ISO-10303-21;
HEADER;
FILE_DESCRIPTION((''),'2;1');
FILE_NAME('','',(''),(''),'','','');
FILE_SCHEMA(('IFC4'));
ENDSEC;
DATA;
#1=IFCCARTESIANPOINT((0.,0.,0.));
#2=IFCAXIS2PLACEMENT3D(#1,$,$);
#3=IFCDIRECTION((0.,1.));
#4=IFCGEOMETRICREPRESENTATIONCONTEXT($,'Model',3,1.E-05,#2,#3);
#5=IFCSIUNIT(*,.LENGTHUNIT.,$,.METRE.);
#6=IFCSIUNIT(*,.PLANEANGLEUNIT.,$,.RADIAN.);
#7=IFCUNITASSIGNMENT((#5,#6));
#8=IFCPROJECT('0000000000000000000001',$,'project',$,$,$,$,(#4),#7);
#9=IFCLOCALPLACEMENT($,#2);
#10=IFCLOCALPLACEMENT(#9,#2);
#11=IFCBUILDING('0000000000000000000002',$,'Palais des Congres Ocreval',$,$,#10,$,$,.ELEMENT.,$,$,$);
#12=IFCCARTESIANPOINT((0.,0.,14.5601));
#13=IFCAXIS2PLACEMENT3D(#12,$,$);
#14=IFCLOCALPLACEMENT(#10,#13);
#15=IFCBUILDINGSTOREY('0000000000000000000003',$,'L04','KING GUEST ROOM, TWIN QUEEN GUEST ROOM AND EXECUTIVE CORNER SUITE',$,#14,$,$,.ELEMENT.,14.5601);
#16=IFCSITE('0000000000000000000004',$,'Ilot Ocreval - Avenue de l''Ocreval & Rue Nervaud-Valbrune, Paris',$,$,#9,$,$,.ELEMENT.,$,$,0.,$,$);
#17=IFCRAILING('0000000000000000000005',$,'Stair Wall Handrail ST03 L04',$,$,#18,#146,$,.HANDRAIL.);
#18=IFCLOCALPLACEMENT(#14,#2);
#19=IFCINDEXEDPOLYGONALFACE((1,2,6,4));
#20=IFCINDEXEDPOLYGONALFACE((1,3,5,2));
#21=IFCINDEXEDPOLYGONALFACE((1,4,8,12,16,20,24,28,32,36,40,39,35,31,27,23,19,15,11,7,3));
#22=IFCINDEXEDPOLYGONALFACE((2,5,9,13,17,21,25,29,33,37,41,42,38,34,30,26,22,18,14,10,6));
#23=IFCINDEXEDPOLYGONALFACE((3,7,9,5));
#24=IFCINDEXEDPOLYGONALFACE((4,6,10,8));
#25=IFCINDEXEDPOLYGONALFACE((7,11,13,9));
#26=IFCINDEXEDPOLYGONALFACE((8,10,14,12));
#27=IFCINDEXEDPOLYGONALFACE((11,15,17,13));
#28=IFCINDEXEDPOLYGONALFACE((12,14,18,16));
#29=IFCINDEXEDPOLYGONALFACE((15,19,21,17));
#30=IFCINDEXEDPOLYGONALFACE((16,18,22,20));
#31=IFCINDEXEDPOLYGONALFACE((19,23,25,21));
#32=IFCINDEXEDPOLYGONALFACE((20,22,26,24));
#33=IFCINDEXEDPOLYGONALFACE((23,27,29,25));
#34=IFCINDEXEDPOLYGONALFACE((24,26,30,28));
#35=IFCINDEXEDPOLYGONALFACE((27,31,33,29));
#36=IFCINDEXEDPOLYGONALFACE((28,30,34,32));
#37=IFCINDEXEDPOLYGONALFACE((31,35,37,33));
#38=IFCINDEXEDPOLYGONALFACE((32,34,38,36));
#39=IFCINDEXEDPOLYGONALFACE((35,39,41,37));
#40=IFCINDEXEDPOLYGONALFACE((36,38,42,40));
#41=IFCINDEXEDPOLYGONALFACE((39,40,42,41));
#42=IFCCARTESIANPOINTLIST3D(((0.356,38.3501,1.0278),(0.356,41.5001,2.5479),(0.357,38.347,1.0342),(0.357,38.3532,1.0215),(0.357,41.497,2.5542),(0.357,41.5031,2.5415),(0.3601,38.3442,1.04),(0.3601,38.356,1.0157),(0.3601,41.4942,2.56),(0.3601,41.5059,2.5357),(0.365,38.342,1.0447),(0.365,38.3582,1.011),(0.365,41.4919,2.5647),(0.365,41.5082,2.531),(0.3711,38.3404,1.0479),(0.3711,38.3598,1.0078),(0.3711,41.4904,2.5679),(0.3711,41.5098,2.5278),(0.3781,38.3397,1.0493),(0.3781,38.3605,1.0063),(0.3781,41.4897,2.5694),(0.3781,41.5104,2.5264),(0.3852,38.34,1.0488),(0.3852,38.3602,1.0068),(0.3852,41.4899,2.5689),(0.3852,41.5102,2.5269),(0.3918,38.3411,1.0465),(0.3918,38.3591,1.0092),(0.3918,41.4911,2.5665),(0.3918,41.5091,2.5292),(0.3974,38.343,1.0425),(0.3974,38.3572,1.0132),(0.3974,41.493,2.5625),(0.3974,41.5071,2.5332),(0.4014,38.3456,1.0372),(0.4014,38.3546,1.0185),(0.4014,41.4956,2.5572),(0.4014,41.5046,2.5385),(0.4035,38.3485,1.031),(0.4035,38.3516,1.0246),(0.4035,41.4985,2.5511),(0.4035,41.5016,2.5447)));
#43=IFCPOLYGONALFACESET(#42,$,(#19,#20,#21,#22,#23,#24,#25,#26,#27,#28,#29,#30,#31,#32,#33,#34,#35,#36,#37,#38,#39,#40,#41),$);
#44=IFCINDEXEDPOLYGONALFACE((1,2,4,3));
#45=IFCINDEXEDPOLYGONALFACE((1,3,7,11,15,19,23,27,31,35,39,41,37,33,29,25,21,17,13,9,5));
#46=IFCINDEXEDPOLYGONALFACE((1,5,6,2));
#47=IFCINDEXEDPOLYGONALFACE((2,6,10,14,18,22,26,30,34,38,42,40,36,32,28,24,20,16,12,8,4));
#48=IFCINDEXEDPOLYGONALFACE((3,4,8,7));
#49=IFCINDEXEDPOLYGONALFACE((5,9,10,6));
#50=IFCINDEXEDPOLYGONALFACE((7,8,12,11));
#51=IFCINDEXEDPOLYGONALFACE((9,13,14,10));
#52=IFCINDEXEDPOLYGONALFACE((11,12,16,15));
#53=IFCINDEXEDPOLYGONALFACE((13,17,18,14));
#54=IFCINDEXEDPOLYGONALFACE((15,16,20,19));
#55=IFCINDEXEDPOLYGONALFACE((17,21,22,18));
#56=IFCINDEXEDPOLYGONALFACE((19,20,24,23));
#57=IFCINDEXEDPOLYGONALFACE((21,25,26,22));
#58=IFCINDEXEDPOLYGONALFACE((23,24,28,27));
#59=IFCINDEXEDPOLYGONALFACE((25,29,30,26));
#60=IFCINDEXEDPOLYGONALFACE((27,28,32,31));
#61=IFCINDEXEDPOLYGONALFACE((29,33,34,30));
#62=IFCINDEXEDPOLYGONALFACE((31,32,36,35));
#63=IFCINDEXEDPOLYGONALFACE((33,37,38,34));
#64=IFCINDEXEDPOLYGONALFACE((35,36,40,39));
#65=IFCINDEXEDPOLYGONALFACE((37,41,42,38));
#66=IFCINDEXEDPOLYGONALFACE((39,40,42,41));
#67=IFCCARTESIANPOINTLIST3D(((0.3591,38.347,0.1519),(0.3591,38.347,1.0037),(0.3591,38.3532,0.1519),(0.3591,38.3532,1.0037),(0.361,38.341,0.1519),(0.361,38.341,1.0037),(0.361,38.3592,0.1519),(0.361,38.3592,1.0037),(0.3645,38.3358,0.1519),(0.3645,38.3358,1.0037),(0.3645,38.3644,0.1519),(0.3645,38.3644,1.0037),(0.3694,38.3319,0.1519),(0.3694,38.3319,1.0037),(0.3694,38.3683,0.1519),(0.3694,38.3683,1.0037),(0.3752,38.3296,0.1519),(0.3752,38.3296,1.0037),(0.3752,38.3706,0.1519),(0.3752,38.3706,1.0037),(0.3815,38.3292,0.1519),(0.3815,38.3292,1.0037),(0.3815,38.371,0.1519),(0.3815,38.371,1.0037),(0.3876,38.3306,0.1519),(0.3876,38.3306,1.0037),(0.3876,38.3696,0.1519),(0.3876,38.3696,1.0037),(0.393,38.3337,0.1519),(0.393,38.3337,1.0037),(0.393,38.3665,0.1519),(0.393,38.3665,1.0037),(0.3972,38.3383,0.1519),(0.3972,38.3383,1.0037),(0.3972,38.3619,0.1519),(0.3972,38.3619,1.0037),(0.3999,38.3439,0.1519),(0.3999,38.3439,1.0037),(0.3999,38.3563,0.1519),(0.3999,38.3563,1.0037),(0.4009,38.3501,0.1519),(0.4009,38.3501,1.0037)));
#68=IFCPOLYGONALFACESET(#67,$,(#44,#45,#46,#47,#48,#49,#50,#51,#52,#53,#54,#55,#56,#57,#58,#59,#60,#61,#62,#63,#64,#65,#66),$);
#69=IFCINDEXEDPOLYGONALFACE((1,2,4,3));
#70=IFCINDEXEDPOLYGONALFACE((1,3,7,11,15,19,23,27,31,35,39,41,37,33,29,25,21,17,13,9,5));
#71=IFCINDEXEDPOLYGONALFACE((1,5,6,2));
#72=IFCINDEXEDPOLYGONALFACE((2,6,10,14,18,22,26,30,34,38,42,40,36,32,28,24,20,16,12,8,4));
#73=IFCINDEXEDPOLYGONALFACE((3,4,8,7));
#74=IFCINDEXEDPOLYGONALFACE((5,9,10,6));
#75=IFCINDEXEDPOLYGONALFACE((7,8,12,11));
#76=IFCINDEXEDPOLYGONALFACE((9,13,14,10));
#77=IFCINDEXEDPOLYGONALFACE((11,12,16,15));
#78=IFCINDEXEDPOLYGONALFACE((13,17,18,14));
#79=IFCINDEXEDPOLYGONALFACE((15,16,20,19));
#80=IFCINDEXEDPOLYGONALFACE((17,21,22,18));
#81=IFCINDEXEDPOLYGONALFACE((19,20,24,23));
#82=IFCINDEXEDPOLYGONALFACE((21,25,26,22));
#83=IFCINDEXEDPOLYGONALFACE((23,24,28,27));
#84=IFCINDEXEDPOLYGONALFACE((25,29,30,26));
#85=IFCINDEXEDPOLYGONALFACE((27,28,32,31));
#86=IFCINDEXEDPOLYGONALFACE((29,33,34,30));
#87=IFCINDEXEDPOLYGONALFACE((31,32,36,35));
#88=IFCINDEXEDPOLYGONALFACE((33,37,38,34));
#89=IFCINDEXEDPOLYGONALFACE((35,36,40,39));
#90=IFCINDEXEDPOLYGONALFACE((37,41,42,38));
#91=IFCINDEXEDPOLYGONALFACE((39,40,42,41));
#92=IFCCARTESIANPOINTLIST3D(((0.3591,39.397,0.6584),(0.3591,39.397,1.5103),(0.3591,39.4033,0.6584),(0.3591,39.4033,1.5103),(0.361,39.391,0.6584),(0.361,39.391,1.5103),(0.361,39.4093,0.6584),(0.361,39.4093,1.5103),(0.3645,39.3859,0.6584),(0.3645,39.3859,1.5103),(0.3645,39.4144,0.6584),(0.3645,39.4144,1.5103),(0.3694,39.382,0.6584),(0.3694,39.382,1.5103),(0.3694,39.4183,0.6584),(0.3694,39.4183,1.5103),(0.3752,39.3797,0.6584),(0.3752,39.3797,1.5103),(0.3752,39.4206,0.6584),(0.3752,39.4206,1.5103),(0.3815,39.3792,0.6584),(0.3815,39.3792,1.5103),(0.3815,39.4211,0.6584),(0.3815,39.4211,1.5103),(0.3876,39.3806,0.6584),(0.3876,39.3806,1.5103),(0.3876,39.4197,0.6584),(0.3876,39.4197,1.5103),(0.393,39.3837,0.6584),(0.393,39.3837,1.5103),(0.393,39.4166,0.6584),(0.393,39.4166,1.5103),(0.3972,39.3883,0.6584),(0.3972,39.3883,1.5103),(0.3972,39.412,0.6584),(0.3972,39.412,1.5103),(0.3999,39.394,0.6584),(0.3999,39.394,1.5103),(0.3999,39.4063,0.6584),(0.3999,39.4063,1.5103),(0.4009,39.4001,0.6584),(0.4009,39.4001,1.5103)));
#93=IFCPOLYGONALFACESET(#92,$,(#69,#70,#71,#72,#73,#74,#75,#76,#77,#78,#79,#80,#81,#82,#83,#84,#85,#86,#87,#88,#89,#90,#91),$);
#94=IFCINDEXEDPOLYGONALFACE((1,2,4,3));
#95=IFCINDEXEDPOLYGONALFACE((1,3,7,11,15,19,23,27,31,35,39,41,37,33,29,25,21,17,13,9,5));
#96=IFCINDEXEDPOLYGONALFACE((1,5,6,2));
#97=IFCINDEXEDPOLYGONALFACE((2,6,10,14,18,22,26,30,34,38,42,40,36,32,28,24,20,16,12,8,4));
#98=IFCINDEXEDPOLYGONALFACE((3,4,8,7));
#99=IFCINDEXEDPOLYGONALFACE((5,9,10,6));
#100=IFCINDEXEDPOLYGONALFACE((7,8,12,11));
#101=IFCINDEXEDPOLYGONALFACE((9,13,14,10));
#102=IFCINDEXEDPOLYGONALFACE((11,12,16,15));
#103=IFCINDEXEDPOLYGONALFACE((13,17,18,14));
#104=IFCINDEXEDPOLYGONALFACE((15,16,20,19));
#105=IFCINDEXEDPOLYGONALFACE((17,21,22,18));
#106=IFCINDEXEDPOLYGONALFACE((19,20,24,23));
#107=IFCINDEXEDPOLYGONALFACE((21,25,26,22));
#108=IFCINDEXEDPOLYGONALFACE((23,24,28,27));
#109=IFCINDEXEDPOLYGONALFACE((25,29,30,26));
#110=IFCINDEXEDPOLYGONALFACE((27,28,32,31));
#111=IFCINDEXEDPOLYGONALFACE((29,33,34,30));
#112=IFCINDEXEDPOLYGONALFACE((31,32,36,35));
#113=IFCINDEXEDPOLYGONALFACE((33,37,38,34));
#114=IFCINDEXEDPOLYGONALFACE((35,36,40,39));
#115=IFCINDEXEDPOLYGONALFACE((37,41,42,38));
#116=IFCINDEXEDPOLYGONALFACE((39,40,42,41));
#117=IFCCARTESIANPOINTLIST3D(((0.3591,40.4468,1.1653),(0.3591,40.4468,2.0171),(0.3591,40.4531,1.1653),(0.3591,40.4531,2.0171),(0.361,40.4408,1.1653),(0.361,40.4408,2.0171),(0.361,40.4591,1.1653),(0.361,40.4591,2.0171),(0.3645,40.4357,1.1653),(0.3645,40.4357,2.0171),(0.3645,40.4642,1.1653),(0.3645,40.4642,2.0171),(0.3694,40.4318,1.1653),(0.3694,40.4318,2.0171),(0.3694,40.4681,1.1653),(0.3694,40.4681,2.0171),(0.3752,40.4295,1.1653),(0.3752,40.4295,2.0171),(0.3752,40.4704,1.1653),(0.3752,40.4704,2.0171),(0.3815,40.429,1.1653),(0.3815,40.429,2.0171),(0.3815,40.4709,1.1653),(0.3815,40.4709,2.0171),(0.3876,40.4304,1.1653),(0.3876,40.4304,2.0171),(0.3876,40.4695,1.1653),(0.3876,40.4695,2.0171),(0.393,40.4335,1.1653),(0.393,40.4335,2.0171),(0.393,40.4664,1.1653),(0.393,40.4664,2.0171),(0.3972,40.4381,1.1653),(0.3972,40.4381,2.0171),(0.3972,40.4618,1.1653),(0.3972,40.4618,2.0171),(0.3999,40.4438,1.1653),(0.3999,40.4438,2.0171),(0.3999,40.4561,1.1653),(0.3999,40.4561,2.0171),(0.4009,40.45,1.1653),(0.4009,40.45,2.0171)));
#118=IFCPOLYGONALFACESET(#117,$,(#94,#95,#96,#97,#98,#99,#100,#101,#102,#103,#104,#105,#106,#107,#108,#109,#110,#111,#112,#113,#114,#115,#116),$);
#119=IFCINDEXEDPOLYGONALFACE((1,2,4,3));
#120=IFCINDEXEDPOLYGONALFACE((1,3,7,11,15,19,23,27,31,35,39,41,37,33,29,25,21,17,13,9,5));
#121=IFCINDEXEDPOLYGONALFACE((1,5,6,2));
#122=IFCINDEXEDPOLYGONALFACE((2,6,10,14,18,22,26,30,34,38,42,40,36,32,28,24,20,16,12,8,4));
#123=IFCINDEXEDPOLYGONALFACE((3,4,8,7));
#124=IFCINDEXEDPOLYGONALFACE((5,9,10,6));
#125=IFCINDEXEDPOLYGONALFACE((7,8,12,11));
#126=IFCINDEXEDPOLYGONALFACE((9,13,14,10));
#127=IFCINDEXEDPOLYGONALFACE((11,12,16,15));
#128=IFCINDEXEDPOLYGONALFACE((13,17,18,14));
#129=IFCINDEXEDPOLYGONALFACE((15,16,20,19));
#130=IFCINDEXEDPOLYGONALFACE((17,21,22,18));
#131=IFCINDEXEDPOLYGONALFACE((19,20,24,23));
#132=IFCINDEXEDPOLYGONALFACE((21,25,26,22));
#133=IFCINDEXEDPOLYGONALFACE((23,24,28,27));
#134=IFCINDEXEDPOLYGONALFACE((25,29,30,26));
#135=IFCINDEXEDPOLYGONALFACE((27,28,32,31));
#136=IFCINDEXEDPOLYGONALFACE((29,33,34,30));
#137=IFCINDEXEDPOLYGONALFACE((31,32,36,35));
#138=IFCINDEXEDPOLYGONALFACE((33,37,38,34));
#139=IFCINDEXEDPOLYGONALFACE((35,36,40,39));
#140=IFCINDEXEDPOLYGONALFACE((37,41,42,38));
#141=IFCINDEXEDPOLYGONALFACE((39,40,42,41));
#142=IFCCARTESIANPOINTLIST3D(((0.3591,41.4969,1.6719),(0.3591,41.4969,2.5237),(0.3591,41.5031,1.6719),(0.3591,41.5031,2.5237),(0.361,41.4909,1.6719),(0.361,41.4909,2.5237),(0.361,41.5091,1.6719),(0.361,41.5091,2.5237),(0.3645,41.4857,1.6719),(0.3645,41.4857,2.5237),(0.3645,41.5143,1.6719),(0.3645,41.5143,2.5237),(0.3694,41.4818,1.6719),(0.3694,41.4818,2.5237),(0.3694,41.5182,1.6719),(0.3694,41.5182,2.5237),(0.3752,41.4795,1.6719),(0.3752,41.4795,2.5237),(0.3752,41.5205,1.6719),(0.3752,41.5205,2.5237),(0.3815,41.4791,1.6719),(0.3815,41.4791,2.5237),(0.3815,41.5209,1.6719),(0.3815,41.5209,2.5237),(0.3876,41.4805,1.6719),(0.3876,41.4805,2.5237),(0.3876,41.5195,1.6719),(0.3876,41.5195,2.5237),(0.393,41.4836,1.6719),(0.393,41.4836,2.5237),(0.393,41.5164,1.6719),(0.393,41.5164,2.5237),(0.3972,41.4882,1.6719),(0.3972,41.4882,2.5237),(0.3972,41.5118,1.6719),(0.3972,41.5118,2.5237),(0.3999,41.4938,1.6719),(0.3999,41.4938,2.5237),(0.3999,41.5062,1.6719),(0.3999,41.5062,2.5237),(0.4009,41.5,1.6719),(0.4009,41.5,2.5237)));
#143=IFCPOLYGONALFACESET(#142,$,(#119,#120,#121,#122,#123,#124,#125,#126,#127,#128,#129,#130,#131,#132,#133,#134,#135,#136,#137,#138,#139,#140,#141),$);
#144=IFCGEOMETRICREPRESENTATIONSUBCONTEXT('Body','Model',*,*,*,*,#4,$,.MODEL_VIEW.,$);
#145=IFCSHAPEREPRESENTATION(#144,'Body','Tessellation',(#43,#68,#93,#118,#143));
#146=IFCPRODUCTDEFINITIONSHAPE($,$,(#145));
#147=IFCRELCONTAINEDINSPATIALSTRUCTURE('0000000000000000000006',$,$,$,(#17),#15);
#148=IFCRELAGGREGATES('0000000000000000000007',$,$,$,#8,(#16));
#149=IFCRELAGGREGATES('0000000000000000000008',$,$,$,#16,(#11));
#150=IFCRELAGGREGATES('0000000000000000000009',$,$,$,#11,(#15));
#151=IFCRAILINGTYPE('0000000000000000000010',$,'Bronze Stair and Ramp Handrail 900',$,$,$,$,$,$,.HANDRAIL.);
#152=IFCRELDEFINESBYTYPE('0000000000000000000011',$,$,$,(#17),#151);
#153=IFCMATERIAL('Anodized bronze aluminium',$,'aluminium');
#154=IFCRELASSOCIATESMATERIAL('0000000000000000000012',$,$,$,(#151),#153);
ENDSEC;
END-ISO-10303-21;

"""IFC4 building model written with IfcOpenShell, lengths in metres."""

from ifc_helpers import new_model, si_unit, direction, frame, origin, origin_2d, place, context, subcontext, project, spatial, circle, extrude, material, type_object, element, save


model = new_model("IFC4")

# Units and contexts
model_context = context("Model", 3, precision=1e-05, world=origin(), true_north=direction((0.0, 1.0)))
body_context = subcontext(model_context, "Body", "Model", "MODEL_VIEW")
ifc_project = project(units=[si_unit("LENGTHUNIT", "METRE"), si_unit("PLANEANGLEUNIT", "RADIAN")], contexts=[model_context])

# Site, building, storey
site_placement = place(None, origin())
site = spatial("IfcSite", under=ifc_project, at=site_placement, Name="Ilot Ocreval - Avenue de l'Ocreval & Rue Nervaud-Valbrune, Paris", CompositionType="ELEMENT", RefElevation=0.0)
building_placement = place(site_placement, origin())
building = spatial("IfcBuilding", under=site, at=building_placement, Name="Palais des Congres Ocreval", CompositionType="ELEMENT")
storey_placement = place(building_placement, frame((0.0, 0.0, 14.5601)))
storey = spatial("IfcBuildingStorey", under=building, at=storey_placement, Name="L04", Description="KING GUEST ROOM, TWIN QUEEN GUEST ROOM AND EXECUTIVE CORNER SUITE", CompositionType="ELEMENT", Elevation=14.5601)

# Railing
ifc_material_1 = material(Name="Anodized bronze aluminium", Category="aluminium")
railing_type_1 = type_object("IfcRailingType", Name="Bronze Stair and Ramp Handrail 900", PredefinedType="HANDRAIL", material=ifc_material_1)
railing_1_placement = place(storey_placement, frame((0.3799, 38.3501, 0.1519)))
element("IfcRailing", 1, at=railing_1_placement, inside=storey, type_object=railing_type_1, Name="Stair Wall Handrail ST03 L04", PredefinedType="HANDRAIL", context=body_context, shape_type="SweptSolid", body=[
    extrude(circle(Radius=0.0239, at=origin_2d()), frame((0.0, 0.0, 0.876), z_axis=(0.0, 0.900621, 0.434605), x_axis=(-1.0, 0.0, 0.0)), (0.0, 0.0, 1.0), 3.4976),
    extrude(circle(Radius=0.021, at=origin_2d()), origin(), (0.0, 0.0, 1.0), 0.8518),
    extrude(circle(Radius=0.021, at=origin_2d()), frame((0.0, 1.05, 0.5066)), (0.0, 0.0, 1.0), 0.8518),
    extrude(circle(Radius=0.021, at=origin_2d()), frame((0.0, 2.0999, 1.0134)), (0.0, 0.0, 1.0), 0.8518),
    extrude(circle(Radius=0.021, at=origin_2d()), frame((0.0, 3.1499, 1.52)), (0.0, 0.0, 1.0), 0.8518),
])

save(model, "model.ifc")
